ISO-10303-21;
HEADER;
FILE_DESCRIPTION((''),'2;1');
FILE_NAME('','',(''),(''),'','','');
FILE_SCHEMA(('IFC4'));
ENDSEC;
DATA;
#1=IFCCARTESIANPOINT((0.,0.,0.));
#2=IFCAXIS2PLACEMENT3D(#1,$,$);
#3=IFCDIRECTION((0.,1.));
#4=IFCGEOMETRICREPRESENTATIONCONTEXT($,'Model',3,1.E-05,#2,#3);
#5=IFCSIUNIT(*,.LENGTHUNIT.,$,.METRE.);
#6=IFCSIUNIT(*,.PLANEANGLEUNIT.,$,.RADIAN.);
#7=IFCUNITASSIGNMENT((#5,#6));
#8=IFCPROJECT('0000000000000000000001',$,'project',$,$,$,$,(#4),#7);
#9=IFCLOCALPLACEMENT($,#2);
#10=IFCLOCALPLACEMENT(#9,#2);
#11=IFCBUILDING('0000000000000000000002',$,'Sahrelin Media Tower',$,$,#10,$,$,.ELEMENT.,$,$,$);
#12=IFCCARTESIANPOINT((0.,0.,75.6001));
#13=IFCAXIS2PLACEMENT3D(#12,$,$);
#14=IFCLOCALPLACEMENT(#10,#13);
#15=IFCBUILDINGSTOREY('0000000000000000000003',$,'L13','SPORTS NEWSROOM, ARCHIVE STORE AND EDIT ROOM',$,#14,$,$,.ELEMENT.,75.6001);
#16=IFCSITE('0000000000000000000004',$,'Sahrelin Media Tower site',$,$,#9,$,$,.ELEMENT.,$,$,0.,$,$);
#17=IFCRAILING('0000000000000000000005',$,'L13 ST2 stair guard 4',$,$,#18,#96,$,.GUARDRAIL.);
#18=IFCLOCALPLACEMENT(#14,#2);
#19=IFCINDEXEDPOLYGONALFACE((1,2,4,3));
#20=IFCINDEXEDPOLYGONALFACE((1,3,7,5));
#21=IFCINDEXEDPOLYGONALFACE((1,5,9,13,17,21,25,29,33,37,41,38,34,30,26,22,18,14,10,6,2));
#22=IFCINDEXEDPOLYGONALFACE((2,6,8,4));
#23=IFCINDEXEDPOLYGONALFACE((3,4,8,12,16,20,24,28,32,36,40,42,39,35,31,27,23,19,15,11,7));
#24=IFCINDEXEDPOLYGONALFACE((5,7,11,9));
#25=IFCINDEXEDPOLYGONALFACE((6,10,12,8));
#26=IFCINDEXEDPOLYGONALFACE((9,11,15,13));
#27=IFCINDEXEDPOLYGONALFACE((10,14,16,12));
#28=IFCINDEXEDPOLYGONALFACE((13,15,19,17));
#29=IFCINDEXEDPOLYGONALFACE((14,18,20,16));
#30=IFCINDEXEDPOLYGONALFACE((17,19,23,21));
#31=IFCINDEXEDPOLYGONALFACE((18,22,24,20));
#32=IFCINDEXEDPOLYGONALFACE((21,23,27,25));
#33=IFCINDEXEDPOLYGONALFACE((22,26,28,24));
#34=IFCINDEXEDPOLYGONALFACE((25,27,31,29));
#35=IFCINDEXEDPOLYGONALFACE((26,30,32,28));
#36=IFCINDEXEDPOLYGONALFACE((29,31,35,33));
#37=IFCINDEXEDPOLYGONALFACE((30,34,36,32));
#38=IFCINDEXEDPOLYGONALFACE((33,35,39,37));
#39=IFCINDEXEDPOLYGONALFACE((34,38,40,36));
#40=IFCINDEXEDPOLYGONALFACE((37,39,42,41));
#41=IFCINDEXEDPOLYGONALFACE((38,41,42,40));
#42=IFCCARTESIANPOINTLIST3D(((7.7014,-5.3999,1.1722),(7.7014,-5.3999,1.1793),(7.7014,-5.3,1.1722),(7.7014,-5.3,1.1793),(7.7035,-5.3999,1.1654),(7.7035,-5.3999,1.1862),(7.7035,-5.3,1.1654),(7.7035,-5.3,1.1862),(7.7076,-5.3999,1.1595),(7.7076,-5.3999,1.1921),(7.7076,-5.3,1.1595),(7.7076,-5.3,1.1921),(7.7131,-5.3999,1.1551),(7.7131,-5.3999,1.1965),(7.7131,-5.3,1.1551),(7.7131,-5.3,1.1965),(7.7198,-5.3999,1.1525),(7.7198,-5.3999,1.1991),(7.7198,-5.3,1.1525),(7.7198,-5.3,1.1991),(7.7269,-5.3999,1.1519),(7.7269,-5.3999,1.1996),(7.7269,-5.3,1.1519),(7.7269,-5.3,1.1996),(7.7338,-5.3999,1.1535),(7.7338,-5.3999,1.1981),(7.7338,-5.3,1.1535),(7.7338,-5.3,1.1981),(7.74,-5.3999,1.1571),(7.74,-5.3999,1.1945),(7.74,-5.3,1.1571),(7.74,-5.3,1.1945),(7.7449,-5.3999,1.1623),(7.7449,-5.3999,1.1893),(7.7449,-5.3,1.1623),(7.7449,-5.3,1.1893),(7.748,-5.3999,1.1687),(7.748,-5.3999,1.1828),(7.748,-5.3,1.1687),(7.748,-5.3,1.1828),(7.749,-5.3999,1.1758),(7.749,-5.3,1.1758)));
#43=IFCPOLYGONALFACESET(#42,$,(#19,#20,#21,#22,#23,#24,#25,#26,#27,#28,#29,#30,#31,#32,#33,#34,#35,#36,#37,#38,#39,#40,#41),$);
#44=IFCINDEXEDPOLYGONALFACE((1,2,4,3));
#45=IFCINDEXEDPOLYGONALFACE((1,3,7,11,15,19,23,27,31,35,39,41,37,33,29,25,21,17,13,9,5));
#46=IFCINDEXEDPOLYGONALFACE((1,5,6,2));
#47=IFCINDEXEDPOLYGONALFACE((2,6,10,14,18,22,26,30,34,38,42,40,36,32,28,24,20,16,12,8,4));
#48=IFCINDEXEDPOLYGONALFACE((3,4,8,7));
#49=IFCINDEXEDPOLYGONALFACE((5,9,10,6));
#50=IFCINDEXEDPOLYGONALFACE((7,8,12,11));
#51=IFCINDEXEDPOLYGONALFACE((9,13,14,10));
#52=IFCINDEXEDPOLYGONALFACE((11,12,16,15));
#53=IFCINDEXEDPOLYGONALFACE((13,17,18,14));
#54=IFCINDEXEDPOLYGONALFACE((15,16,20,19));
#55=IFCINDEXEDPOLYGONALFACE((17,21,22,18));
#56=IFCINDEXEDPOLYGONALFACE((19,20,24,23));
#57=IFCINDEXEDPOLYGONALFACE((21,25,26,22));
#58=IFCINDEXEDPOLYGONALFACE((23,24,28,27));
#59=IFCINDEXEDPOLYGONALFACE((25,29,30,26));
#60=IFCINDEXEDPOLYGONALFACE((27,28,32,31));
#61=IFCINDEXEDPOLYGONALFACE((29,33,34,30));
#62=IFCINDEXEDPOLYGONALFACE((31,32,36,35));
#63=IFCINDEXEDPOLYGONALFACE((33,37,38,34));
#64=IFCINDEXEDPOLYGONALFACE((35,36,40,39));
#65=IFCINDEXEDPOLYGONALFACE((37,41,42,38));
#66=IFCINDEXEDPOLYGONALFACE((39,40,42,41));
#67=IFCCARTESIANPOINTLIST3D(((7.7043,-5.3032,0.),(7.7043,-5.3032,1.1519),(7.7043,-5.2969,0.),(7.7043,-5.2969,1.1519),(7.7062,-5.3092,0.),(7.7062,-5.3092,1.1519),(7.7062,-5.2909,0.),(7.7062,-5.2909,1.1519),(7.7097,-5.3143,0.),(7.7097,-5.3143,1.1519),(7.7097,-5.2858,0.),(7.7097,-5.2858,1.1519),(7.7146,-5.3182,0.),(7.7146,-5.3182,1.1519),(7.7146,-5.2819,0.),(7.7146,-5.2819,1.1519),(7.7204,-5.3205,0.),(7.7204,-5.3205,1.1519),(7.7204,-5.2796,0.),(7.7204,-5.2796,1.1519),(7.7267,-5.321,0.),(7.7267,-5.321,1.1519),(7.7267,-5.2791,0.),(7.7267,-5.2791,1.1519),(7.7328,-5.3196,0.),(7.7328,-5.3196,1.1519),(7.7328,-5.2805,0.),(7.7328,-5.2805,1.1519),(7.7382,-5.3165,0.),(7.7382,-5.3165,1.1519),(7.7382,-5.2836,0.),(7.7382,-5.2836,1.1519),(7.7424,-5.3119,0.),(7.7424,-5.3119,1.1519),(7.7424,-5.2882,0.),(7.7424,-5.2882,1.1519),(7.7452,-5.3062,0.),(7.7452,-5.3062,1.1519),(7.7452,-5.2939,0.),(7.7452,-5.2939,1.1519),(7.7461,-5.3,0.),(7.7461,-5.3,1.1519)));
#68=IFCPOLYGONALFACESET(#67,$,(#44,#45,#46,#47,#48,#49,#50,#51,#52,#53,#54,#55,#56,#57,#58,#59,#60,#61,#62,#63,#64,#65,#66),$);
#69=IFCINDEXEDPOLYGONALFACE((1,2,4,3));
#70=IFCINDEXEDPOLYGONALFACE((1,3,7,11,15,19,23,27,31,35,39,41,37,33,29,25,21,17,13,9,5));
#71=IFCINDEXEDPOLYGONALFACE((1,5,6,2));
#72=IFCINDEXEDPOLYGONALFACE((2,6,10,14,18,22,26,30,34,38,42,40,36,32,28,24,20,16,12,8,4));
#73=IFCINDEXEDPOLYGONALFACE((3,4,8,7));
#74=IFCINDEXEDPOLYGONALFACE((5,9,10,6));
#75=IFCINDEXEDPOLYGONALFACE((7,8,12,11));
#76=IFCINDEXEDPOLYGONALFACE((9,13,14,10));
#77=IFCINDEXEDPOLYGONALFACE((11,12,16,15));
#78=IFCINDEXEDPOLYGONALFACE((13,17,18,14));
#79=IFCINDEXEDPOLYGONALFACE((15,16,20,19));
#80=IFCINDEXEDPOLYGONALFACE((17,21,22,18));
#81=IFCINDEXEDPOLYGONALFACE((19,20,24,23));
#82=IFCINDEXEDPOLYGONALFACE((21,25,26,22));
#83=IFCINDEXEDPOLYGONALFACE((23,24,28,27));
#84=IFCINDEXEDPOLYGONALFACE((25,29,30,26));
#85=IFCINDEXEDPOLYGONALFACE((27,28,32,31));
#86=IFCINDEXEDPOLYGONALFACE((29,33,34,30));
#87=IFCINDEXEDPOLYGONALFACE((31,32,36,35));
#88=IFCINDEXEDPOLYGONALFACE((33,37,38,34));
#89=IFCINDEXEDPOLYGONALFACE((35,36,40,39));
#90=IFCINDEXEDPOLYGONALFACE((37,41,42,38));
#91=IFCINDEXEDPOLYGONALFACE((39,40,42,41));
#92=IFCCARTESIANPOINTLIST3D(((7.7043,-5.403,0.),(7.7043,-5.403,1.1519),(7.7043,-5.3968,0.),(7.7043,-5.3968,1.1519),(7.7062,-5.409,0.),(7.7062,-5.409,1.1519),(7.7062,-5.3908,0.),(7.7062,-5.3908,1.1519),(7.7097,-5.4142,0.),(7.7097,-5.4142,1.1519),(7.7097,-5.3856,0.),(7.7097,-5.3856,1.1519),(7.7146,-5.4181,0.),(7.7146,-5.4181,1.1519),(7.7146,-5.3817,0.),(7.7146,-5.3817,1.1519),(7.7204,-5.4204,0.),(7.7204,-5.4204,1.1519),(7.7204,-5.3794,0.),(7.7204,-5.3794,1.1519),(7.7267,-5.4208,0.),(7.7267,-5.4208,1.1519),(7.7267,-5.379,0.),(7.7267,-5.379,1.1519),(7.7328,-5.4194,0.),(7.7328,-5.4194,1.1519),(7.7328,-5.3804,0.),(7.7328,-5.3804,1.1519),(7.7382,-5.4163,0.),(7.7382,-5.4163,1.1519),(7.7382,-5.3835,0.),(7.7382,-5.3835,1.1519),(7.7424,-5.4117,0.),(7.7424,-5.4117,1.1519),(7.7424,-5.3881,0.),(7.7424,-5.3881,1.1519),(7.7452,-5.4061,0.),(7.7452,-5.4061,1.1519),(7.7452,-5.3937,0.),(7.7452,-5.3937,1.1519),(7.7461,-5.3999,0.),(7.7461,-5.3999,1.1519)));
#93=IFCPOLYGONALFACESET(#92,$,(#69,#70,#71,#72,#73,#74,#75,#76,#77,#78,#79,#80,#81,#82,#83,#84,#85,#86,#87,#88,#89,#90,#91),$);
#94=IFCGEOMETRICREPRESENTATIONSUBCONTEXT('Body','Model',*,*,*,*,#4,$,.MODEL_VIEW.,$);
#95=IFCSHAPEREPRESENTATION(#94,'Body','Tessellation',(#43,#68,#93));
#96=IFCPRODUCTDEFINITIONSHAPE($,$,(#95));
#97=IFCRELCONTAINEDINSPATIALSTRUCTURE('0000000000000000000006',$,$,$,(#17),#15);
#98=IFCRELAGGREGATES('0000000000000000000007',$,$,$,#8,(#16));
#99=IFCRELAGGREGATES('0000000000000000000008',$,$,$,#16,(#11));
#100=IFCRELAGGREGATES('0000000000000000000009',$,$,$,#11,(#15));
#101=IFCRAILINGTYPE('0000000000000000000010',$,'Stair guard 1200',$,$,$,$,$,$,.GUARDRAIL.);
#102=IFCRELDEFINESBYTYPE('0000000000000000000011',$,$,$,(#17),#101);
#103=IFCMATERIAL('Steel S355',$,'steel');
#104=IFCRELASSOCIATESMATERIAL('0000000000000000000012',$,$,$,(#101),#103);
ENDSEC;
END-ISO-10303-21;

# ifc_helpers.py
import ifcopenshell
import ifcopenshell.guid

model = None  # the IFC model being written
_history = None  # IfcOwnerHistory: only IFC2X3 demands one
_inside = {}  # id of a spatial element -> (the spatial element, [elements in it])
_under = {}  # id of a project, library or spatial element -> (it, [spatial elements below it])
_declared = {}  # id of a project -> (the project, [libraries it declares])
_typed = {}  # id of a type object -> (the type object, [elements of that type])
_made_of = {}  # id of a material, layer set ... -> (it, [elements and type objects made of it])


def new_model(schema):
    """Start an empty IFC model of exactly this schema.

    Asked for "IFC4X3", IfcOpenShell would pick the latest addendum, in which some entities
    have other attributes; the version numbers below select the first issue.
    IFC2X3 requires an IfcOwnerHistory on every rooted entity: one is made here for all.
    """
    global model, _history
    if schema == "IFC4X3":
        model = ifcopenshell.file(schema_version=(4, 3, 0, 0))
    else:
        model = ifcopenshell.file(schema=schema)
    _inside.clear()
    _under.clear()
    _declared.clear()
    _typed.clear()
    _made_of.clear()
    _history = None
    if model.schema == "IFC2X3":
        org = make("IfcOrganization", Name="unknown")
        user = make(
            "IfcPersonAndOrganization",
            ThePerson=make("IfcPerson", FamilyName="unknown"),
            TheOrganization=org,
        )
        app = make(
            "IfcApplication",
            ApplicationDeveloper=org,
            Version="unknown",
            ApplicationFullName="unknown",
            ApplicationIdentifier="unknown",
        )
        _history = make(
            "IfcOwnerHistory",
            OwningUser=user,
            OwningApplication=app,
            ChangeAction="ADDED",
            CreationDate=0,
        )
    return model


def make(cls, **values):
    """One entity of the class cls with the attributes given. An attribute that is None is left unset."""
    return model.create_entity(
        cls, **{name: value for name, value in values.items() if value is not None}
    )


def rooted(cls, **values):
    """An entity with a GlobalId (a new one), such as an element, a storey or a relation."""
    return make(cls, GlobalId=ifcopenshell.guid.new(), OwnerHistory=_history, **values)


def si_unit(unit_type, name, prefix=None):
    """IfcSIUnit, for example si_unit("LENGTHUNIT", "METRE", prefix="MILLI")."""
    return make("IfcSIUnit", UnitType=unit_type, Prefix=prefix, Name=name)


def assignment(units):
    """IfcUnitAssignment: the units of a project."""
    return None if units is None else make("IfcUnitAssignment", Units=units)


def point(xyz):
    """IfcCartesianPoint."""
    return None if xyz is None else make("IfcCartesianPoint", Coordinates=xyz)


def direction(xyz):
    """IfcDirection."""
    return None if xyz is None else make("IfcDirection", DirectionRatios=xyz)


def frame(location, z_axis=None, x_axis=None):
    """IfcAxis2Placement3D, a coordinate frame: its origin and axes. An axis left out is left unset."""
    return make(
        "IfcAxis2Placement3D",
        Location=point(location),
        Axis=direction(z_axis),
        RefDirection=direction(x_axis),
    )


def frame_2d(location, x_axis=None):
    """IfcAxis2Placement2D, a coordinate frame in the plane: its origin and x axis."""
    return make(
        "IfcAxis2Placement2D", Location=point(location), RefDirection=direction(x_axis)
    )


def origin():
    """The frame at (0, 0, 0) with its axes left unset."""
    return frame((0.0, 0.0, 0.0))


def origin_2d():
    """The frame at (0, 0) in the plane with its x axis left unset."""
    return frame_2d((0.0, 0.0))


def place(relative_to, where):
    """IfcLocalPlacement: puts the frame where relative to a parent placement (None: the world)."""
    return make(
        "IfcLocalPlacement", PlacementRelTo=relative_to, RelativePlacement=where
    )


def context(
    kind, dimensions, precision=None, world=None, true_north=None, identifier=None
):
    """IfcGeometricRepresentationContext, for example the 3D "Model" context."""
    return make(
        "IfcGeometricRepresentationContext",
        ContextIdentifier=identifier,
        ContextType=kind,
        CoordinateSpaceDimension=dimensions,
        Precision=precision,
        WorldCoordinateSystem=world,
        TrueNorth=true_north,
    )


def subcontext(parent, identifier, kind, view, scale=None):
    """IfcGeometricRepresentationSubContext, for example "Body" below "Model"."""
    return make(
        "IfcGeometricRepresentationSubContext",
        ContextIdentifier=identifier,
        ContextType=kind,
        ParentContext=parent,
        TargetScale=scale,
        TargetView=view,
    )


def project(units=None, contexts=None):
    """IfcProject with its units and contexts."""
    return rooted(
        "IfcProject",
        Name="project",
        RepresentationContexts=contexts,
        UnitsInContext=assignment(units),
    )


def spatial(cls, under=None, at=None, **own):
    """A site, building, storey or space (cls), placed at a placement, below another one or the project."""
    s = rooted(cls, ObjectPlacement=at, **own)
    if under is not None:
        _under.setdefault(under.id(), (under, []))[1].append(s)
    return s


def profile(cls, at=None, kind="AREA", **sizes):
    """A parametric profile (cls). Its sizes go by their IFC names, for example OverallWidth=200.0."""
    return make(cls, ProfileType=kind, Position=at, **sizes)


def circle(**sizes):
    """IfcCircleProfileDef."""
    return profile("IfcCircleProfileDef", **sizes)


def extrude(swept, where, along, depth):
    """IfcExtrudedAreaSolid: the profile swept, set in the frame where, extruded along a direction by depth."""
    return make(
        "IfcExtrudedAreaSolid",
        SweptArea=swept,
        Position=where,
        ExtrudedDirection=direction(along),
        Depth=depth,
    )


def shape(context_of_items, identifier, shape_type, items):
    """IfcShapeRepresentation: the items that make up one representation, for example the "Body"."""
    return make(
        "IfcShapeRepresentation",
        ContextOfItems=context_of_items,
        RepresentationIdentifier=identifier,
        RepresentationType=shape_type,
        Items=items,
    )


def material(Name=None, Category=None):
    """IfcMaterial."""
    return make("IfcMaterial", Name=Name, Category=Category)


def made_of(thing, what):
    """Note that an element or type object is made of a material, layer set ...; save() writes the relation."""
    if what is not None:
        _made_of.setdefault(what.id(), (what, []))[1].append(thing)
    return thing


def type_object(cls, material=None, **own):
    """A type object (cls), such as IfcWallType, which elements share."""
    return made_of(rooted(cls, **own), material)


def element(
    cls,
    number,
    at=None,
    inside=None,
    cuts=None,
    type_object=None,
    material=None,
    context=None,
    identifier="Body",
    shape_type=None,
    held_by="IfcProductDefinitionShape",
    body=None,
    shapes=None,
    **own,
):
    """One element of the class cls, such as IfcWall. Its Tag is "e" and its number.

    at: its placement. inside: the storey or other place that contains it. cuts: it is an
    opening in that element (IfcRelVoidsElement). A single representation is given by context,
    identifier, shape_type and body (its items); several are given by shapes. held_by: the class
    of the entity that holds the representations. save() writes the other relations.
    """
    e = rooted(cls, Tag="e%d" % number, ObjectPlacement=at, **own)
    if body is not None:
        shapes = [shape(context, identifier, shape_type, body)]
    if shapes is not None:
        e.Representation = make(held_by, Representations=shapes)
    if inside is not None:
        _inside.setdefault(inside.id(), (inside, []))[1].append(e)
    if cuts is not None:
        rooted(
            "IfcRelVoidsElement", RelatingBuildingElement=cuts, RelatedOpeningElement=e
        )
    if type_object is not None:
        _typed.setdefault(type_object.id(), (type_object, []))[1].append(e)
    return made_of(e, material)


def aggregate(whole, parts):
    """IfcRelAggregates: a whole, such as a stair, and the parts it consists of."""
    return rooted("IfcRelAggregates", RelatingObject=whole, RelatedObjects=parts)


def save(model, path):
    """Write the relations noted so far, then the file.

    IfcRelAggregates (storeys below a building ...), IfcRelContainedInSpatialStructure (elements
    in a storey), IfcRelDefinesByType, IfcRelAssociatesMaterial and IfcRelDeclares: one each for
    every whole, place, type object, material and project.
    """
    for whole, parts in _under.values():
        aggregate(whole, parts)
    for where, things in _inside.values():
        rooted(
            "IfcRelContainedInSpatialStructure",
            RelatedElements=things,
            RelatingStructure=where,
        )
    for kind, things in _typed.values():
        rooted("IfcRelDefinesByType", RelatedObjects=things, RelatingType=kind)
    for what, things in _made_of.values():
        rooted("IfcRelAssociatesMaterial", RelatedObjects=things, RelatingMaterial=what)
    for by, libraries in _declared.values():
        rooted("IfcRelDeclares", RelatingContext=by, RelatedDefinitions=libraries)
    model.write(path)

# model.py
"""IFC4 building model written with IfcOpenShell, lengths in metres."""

from ifc_helpers import new_model, si_unit, direction, frame, origin, origin_2d, place, context, subcontext, project, spatial, circle, extrude, material, type_object, element, save


model = new_model("IFC4")

# Units and contexts
model_context = context("Model", 3, precision=1e-05, world=origin(), true_north=direction((0.0, 1.0)))
body_context = subcontext(model_context, "Body", "Model", "MODEL_VIEW")
ifc_project = project(units=[si_unit("LENGTHUNIT", "METRE"), si_unit("PLANEANGLEUNIT", "RADIAN")], contexts=[model_context])

# Site, building, storey
site_placement = place(None, origin())
site = spatial("IfcSite", under=ifc_project, at=site_placement, Name="Sahrelin Media Tower site", CompositionType="ELEMENT", RefElevation=0.0)
building_placement = place(site_placement, origin())
building = spatial("IfcBuilding", under=site, at=building_placement, Name="Sahrelin Media Tower", CompositionType="ELEMENT")
storey_placement = place(building_placement, frame((0.0, 0.0, 75.6001)))
storey = spatial("IfcBuildingStorey", under=building, at=storey_placement, Name="L13", Description="SPORTS NEWSROOM, ARCHIVE STORE AND EDIT ROOM", CompositionType="ELEMENT", Elevation=75.6001)

# Shared definitions
ifc_material_1 = material(Name="Steel S355", Category="steel")

# Railing
railing_type_1 = type_object("IfcRailingType", Name="Stair guard 1200", PredefinedType="GUARDRAIL", material=ifc_material_1)
railing_1_placement = place(storey_placement, frame((7.7251, -5.3, 0.0)))
element("IfcRailing", 1, at=railing_1_placement, inside=storey, type_object=railing_type_1, Name="L13 ST2 stair guard 4", PredefinedType="GUARDRAIL", context=body_context, shape_type="SweptSolid", body=[
    extrude(circle(Radius=0.0239, at=origin_2d()), frame((0.0, 0.0, 1.1758), z_axis=(0.0, -1.0, 0.0), x_axis=(1.0, 0.0, 0.0)), (0.0, 0.0, 1.0), 0.0999),
    extrude(circle(Radius=0.021, at=origin_2d()), origin(), (0.0, 0.0, 1.0), 1.1519),
    extrude(circle(Radius=0.021, at=origin_2d()), frame((0.0, -0.0999, 0.0)), (0.0, 0.0, 1.0), 1.1519),
])

save(model, "model.ifc")
